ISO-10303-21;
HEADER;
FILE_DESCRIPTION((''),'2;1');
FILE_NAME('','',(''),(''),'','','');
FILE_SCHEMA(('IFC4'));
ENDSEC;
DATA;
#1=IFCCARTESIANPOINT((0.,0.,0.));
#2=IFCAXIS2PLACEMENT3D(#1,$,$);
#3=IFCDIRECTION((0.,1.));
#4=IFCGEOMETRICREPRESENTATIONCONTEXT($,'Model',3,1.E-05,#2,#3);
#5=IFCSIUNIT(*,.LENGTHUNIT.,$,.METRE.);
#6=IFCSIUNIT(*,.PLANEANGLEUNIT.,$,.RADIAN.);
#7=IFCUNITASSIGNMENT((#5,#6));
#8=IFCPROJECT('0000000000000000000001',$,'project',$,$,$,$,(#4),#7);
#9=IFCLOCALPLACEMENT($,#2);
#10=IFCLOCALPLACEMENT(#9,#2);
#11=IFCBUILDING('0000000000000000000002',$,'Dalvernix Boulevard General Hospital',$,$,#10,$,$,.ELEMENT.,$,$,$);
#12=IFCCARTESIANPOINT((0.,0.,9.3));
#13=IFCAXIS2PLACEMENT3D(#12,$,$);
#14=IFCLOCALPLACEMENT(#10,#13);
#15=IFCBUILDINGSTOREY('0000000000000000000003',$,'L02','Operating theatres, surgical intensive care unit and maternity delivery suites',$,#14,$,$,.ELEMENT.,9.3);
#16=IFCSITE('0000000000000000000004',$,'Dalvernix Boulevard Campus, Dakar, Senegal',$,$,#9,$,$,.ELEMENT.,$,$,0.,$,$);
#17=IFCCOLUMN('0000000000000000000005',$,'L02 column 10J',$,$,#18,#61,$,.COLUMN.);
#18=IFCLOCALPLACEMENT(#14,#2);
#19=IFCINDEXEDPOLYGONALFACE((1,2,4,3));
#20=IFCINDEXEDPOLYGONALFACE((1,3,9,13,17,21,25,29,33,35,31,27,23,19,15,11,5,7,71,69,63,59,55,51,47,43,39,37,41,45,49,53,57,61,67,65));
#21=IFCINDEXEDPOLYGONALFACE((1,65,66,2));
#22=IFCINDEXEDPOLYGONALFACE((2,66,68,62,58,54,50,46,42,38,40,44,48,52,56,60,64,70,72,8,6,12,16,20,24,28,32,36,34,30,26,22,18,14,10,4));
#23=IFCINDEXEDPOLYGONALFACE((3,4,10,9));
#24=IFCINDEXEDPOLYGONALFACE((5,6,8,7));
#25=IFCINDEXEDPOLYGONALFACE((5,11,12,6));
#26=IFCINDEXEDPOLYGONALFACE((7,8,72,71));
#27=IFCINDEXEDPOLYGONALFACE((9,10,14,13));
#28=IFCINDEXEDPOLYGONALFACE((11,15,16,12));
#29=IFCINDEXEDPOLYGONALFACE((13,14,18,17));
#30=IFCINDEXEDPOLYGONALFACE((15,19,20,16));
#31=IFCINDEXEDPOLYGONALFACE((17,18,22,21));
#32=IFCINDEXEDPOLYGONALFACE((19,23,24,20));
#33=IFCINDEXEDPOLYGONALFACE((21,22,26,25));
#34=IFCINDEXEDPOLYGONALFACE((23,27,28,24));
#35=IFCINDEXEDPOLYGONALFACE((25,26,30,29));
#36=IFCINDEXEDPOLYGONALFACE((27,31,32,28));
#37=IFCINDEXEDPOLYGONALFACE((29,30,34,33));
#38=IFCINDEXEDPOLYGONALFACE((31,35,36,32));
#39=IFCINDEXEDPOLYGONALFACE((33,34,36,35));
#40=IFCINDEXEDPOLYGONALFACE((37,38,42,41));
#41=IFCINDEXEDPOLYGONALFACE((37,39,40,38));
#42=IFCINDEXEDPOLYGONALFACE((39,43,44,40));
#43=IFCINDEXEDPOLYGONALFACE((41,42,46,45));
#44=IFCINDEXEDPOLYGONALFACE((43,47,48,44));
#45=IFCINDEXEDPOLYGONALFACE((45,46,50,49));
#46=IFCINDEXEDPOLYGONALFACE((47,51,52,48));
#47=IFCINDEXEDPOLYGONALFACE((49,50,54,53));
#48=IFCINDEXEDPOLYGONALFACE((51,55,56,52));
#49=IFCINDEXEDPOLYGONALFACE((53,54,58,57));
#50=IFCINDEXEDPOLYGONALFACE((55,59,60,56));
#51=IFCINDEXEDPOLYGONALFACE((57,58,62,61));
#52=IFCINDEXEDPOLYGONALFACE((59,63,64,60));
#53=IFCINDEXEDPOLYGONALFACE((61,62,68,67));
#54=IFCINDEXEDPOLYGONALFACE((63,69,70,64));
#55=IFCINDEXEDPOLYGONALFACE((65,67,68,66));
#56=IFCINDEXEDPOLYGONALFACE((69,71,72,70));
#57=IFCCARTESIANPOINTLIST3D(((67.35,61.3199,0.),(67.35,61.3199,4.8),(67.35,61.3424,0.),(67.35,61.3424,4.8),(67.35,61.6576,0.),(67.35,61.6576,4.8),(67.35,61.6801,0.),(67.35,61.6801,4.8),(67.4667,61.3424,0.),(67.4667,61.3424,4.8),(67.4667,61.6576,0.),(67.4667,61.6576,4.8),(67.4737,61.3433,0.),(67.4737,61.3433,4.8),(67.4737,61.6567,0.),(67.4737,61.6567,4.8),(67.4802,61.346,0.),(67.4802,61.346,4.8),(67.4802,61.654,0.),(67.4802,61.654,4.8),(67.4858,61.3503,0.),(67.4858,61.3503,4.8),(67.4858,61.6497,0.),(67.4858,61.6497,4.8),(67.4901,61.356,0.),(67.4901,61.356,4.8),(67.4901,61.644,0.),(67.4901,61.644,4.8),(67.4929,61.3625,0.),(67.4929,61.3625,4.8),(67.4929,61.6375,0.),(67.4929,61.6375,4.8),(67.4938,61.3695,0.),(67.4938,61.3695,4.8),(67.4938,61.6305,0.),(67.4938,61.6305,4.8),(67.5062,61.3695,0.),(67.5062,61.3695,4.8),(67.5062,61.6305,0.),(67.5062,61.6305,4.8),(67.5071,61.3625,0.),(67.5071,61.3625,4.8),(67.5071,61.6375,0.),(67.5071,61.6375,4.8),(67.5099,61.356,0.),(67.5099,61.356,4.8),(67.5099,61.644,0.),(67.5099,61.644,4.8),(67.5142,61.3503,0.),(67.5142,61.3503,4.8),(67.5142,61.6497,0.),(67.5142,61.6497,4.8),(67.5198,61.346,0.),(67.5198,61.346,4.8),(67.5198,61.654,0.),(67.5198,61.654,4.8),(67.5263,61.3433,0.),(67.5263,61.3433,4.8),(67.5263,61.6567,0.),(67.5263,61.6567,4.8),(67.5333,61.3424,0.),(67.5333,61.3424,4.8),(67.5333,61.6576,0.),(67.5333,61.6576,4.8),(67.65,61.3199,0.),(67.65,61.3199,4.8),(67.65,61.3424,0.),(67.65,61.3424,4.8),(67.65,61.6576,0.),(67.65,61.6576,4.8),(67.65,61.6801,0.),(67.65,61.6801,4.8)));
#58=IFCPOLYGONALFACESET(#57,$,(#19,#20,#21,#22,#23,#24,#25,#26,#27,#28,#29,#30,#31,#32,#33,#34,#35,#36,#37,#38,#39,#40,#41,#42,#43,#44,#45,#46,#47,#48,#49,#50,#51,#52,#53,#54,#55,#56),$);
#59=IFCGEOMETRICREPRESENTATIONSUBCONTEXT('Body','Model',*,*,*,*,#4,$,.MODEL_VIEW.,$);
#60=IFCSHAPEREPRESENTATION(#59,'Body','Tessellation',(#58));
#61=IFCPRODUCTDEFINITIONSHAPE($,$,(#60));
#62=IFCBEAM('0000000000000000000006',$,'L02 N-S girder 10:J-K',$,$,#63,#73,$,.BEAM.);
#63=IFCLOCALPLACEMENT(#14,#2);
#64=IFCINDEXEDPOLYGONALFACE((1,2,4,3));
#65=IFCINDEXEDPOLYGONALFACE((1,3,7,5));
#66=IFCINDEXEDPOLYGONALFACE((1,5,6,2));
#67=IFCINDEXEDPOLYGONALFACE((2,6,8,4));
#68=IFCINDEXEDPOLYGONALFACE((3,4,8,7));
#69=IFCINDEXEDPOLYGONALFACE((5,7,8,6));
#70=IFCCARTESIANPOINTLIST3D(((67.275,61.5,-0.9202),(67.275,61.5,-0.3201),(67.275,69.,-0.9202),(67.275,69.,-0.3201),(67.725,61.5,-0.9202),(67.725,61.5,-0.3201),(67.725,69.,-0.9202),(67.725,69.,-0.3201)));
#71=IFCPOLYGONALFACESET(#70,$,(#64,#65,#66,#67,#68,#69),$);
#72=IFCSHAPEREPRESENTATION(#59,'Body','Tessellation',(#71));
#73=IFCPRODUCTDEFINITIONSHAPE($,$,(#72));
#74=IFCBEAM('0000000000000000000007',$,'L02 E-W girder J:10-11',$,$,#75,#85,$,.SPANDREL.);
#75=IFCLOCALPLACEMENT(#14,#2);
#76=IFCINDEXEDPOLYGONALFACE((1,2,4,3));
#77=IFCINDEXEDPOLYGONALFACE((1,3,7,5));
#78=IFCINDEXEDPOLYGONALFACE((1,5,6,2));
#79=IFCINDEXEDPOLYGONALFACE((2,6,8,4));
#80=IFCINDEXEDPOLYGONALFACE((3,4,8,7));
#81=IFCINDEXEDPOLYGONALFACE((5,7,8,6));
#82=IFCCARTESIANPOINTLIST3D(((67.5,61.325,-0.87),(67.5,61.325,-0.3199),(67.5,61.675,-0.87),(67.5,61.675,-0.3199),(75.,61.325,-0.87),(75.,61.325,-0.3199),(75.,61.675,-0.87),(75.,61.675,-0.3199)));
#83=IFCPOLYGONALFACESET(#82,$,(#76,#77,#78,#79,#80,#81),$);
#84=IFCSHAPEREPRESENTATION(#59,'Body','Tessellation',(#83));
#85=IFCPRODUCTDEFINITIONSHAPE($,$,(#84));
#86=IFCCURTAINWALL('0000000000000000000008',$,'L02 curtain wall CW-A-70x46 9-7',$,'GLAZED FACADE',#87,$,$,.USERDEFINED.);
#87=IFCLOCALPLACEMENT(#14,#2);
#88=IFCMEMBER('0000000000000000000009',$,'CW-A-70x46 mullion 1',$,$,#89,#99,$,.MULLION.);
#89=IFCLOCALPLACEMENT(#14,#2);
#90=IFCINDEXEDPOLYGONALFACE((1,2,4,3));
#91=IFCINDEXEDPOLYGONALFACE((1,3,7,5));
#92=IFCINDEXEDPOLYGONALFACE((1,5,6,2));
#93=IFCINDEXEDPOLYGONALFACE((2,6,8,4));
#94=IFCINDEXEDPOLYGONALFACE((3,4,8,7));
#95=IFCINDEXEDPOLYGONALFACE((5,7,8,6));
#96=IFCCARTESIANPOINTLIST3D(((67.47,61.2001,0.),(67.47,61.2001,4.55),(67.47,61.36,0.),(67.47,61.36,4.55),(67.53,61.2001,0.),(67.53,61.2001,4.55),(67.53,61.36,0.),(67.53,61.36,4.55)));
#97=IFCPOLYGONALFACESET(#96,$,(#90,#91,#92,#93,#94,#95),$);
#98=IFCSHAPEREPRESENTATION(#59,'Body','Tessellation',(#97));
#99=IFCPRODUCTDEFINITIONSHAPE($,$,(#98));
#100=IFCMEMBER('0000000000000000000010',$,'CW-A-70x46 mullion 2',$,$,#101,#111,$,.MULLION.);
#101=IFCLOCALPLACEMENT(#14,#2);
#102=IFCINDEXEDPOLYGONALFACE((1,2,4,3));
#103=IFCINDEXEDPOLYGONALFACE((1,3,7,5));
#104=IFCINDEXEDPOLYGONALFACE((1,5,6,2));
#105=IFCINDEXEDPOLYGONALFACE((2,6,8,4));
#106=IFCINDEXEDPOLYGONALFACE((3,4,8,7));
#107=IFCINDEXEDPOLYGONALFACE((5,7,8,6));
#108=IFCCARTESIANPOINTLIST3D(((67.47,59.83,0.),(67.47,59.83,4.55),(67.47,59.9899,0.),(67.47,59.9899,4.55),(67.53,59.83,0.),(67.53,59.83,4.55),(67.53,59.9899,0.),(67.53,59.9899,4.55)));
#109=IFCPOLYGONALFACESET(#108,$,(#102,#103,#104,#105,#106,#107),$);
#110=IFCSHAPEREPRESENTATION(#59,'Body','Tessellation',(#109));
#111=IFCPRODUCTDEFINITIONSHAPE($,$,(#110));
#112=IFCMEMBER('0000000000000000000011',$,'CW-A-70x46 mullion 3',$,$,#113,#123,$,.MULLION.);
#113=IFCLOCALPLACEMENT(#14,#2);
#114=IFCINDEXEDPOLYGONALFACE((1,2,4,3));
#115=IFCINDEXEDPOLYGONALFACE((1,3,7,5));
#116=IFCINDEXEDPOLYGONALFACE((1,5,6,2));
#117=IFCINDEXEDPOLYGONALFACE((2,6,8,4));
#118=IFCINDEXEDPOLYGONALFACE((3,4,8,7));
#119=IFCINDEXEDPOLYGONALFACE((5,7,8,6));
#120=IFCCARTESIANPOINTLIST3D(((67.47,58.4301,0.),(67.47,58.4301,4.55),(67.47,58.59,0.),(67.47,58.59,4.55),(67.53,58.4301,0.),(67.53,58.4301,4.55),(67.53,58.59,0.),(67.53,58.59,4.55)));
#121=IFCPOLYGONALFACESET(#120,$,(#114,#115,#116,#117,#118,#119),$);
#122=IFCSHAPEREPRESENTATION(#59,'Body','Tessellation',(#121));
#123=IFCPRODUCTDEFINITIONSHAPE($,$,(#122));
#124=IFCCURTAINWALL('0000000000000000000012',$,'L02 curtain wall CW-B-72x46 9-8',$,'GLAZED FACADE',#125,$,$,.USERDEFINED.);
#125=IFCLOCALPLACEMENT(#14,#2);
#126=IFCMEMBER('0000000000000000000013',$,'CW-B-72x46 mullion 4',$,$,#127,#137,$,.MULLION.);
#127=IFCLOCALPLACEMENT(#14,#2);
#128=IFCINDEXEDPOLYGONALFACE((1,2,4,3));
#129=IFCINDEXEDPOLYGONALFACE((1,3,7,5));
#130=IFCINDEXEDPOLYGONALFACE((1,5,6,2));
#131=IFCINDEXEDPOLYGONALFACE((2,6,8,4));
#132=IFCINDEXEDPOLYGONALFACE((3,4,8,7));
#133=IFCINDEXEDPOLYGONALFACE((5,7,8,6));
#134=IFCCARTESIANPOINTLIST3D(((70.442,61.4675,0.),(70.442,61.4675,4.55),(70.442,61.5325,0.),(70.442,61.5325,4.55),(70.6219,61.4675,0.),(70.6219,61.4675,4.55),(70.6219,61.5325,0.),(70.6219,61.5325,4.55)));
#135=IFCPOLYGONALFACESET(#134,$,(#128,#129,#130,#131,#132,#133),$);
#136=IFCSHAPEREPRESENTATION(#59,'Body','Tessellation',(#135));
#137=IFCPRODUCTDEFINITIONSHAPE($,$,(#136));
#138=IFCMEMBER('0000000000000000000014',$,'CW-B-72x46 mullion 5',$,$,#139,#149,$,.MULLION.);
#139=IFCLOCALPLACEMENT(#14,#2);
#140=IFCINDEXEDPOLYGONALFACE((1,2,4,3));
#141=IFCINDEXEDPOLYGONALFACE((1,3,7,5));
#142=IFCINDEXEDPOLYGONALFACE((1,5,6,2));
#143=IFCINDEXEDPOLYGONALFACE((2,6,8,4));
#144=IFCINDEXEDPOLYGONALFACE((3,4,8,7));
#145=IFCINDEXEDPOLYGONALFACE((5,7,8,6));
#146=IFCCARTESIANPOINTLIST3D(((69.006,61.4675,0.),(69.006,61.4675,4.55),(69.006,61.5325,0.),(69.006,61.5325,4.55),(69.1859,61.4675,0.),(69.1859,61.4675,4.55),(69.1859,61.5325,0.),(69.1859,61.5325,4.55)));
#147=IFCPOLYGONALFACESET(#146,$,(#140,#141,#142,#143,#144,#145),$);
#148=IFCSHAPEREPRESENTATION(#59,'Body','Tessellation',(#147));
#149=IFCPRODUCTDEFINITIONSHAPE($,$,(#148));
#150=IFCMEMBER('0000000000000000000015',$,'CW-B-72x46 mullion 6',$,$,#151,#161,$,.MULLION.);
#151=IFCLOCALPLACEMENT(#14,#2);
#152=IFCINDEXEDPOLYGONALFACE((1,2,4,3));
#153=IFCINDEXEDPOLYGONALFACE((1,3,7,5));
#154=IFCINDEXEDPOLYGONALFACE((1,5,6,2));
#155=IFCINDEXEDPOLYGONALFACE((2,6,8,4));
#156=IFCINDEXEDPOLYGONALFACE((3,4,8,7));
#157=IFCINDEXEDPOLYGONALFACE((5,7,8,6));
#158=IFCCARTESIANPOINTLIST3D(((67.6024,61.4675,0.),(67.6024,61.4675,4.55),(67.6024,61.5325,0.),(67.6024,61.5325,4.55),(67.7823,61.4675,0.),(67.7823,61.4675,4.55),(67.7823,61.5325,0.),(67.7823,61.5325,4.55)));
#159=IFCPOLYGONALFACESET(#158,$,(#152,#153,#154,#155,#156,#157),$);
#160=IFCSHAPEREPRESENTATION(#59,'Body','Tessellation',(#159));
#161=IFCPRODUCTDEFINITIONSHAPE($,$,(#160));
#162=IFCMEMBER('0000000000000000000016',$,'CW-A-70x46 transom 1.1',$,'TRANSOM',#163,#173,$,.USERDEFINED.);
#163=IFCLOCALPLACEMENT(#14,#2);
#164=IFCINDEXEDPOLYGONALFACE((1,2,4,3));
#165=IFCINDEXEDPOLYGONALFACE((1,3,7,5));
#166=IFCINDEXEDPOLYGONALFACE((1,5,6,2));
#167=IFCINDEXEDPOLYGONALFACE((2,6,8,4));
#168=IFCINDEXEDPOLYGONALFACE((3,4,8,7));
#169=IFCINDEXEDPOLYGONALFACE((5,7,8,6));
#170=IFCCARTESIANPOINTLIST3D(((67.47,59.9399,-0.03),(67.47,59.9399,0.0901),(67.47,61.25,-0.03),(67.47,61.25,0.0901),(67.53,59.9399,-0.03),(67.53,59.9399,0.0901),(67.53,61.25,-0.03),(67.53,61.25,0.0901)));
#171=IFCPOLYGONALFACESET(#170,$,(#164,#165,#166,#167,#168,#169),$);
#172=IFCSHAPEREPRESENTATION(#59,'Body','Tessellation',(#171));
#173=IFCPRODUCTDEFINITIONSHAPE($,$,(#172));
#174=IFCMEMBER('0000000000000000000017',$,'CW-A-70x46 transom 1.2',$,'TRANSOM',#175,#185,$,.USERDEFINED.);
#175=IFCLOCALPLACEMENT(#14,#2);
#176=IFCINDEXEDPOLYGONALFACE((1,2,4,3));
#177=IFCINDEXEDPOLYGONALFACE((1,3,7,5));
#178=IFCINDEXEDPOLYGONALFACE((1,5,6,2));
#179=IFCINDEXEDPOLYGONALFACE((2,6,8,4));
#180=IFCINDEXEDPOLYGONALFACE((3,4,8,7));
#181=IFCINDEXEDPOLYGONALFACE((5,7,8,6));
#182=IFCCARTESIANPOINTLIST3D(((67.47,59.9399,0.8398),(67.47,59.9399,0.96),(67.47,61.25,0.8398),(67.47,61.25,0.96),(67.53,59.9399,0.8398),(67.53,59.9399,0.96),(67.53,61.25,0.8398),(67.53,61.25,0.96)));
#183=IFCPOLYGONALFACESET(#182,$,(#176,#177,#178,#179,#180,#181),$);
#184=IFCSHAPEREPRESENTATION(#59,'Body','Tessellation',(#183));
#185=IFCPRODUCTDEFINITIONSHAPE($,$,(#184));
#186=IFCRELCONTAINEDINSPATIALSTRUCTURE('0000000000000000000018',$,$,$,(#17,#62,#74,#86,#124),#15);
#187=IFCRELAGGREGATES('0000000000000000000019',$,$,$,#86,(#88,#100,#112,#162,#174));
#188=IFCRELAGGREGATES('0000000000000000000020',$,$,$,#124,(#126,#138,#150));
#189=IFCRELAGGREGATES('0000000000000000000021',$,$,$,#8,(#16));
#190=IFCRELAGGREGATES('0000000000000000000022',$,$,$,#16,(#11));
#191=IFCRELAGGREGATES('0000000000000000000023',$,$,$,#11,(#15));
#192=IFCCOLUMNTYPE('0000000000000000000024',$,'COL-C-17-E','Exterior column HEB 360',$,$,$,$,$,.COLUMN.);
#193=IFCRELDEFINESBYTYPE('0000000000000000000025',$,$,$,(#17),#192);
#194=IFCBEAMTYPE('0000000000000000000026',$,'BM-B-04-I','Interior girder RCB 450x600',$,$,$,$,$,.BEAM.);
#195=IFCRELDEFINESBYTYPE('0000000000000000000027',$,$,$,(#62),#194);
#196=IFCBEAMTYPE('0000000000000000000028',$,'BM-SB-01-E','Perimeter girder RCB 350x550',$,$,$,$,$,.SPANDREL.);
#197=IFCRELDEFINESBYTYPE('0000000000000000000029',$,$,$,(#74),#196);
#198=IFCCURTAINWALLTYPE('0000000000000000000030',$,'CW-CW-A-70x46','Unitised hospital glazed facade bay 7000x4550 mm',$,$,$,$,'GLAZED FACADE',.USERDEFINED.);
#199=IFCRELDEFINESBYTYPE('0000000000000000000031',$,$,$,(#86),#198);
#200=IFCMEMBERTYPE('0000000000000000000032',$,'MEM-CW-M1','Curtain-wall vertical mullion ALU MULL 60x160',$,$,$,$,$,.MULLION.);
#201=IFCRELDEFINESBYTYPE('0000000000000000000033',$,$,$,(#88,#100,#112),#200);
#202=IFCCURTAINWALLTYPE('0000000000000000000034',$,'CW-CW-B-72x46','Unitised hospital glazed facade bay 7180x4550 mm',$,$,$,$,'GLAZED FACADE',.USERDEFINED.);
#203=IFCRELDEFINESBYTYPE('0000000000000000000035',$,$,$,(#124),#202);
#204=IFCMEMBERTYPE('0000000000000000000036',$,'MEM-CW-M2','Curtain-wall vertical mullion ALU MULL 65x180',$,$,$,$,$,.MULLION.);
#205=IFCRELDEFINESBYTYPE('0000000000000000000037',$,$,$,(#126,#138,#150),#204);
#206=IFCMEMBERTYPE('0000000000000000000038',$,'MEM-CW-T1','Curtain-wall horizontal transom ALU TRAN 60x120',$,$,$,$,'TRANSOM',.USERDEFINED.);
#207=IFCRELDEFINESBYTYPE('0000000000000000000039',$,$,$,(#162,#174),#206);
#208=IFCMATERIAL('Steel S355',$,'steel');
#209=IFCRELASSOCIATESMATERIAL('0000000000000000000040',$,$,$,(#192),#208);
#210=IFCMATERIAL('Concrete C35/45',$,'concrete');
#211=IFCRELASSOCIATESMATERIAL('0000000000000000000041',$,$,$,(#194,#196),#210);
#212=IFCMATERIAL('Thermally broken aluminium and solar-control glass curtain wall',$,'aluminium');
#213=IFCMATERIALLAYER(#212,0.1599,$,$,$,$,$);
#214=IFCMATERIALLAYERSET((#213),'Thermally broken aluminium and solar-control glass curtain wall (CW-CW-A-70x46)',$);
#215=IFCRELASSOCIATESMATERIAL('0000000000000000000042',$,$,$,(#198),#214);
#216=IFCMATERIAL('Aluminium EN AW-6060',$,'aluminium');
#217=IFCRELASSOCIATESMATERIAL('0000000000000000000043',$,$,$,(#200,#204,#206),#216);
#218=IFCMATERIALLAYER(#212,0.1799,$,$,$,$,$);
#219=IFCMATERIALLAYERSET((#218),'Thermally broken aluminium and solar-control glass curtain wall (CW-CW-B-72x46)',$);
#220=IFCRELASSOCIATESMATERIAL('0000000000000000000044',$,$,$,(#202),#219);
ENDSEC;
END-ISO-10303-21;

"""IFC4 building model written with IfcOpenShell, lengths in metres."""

from ifc_helpers import new_model, si_unit, direction, frame, origin, origin_2d, place, context, subcontext, project, spatial, rectangle, i_section, extrude, material, layer, layer_set, material_profile, profile_set, type_object, element, aggregate, save


model = new_model("IFC4")

# Units and contexts
model_context = context("Model", 3, precision=1e-05, world=origin(), true_north=direction((0.0, 1.0)))
body_context = subcontext(model_context, "Body", "Model", "MODEL_VIEW")
ifc_project = project(units=[si_unit("LENGTHUNIT", "METRE"), si_unit("PLANEANGLEUNIT", "RADIAN")], contexts=[model_context])

# Site, building, storey
site_placement = place(None, origin())
site = spatial("IfcSite", under=ifc_project, at=site_placement, Name="Dalvernix Boulevard Campus, Dakar, Senegal", CompositionType="ELEMENT", RefElevation=0.0)
building_placement = place(site_placement, origin())
building = spatial("IfcBuilding", under=site, at=building_placement, Name="Dalvernix Boulevard General Hospital", CompositionType="ELEMENT")
storey_placement = place(building_placement, frame((0.0, 0.0, 9.3)))
storey = spatial("IfcBuildingStorey", under=building, at=storey_placement, Name="L02", Description="Operating theatres, surgical intensive care unit and maternity delivery suites", CompositionType="ELEMENT", Elevation=9.3)

# Column
ifc_material_1 = material(Name="Steel S355", Category="steel")
ifc_material_profile_1 = material_profile(ifc_material_1, i_section(OverallWidth=0.3, OverallDepth=0.3601, WebThickness=0.0125, FlangeThickness=0.0225, FilletRadius=0.0271, at=origin_2d()), Name="HEB 360")
ifc_profile_set_1 = profile_set([ifc_material_profile_1], Name="Steel S355")
column_type = type_object("IfcColumnType", Name="COL-C-17-E", Description="Exterior column HEB 360", PredefinedType="COLUMN", material=ifc_profile_set_1)
column_placement = place(storey_placement, frame((67.5, 61.5, 0.0), z_axis=(0.0, 0.0, 1.0), x_axis=(1.0, 0.0, 0.0)))
element("IfcColumn", 1, at=column_placement, inside=storey, type_object=column_type, Name="L02 column 10J", PredefinedType="COLUMN", context=body_context, shape_type="SweptSolid", body=[
    extrude(i_section(OverallWidth=0.3, OverallDepth=0.3601, WebThickness=0.0125, FlangeThickness=0.0225, FilletRadius=0.0271, at=origin_2d()), origin(), (0.0, 0.0, 1.0), 4.8),
])

# Beams
ifc_material_2 = material(Name="Concrete C35/45", Category="concrete")
ifc_material_profile_2 = material_profile(ifc_material_2, rectangle(XDim=0.45, YDim=0.6001, at=origin_2d()), Name="RCB 450x600")
ifc_profile_set_2 = profile_set([ifc_material_profile_2], Name="Concrete C35/45")
beam_type_1 = type_object("IfcBeamType", Name="BM-B-04-I", Description="Interior girder RCB 450x600", PredefinedType="BEAM", material=ifc_profile_set_2)
beam_1_placement = place(storey_placement, frame((67.5, 61.5, -0.6201), z_axis=(0.0, 1.0, 0.0), x_axis=(-1.0, 0.0, 0.0)))
element("IfcBeam", 2, at=beam_1_placement, inside=storey, type_object=beam_type_1, Name="L02 N-S girder 10:J-K", PredefinedType="BEAM", context=body_context, shape_type="SweptSolid", body=[
    extrude(rectangle(XDim=0.45, YDim=0.6001, at=origin_2d()), origin(), (0.0, 0.0, 1.0), 7.5),
])
ifc_material_profile_3 = material_profile(ifc_material_2, rectangle(XDim=0.3501, YDim=0.55, at=origin_2d()), Name="RCB 350x550")
ifc_profile_set_3 = profile_set([ifc_material_profile_3], Name="Concrete C35/45")
beam_type_2 = type_object("IfcBeamType", Name="BM-SB-01-E", Description="Perimeter girder RCB 350x550", PredefinedType="SPANDREL", material=ifc_profile_set_3)
beam_2_placement = place(storey_placement, frame((67.5, 61.5, -0.595), z_axis=(1.0, 0.0, 0.0), x_axis=(0.0, 1.0, 0.0)))
element("IfcBeam", 3, at=beam_2_placement, inside=storey, type_object=beam_type_2, Name="L02 E-W girder J:10-11", PredefinedType="SPANDREL", context=body_context, shape_type="SweptSolid", body=[
    extrude(rectangle(XDim=0.3501, YDim=0.55, at=origin_2d()), origin(), (0.0, 0.0, 1.0), 7.5),
])

# Curtain walls, members
ifc_material_3 = material(Name="Thermally broken aluminium and solar-control glass curtain wall", Category="aluminium")
ifc_layer_1 = layer(ifc_material_3, 0.1599)
ifc_layer_set_1 = layer_set([ifc_layer_1], Name="Thermally broken aluminium and solar-control glass curtain wall (CW-CW-A-70x46)")
curtain_wall_type_1 = type_object("IfcCurtainWallType", Name="CW-CW-A-70x46", Description="Unitised hospital glazed facade bay 7000x4550 mm", ElementType="GLAZED FACADE", PredefinedType="USERDEFINED", material=ifc_layer_set_1)
curtain_wall_1_placement = place(storey_placement, origin())
curtain_wall_1 = element("IfcCurtainWall", 4, at=curtain_wall_1_placement, inside=storey, type_object=curtain_wall_type_1, Name="L02 curtain wall CW-A-70x46 9-7", ObjectType="GLAZED FACADE", PredefinedType="USERDEFINED")
ifc_material_4 = material(Name="Aluminium EN AW-6060", Category="aluminium")
ifc_material_profile_4 = material_profile(ifc_material_4, rectangle(XDim=0.0601, YDim=0.1599, at=origin_2d()), Name="ALU MULL 60x160")
ifc_profile_set_4 = profile_set([ifc_material_profile_4], Name="Aluminium EN AW-6060")
member_type_1 = type_object("IfcMemberType", Name="MEM-CW-M1", Description="Curtain-wall vertical mullion ALU MULL 60x160", PredefinedType="MULLION", material=ifc_profile_set_4)
member_1_placement = place(storey_placement, frame((67.5, 61.28, 0.0), z_axis=(0.0, 0.0, 1.0), x_axis=(1.0, 0.0, 0.0)))
member_1 = element("IfcMember", 5, at=member_1_placement, type_object=member_type_1, Name="CW-A-70x46 mullion 1", PredefinedType="MULLION", context=body_context, shape_type="SweptSolid", body=[
    extrude(rectangle(XDim=0.0601, YDim=0.1599, at=origin_2d()), origin(), (0.0, 0.0, 1.0), 4.55),
])
member_2_placement = place(storey_placement, frame((67.5, 59.9099, 0.0), z_axis=(0.0, 0.0, 1.0), x_axis=(1.0, 0.0, 0.0)))
member_2 = element("IfcMember", 6, at=member_2_placement, type_object=member_type_1, Name="CW-A-70x46 mullion 2", PredefinedType="MULLION", context=body_context, shape_type="SweptSolid", body=[
    extrude(rectangle(XDim=0.0601, YDim=0.1599, at=origin_2d()), origin(), (0.0, 0.0, 1.0), 4.55),
])
member_3_placement = place(storey_placement, frame((67.5, 58.51, 0.0), z_axis=(0.0, 0.0, 1.0), x_axis=(1.0, 0.0, 0.0)))
member_3 = element("IfcMember", 7, at=member_3_placement, type_object=member_type_1, Name="CW-A-70x46 mullion 3", PredefinedType="MULLION", context=body_context, shape_type="SweptSolid", body=[
    extrude(rectangle(XDim=0.0601, YDim=0.1599, at=origin_2d()), origin(), (0.0, 0.0, 1.0), 4.55),
])
ifc_layer_2 = layer(ifc_material_3, 0.1799)
ifc_layer_set_2 = layer_set([ifc_layer_2], Name="Thermally broken aluminium and solar-control glass curtain wall (CW-CW-B-72x46)")
curtain_wall_type_2 = type_object("IfcCurtainWallType", Name="CW-CW-B-72x46", Description="Unitised hospital glazed facade bay 7180x4550 mm", ElementType="GLAZED FACADE", PredefinedType="USERDEFINED", material=ifc_layer_set_2)
curtain_wall_2_placement = place(storey_placement, origin())
curtain_wall_2 = element("IfcCurtainWall", 8, at=curtain_wall_2_placement, inside=storey, type_object=curtain_wall_type_2, Name="L02 curtain wall CW-B-72x46 9-8", ObjectType="GLAZED FACADE", PredefinedType="USERDEFINED")
ifc_material_profile_5 = material_profile(ifc_material_4, rectangle(XDim=0.0649, YDim=0.1799, at=origin_2d()), Name="ALU MULL 65x180")
ifc_profile_set_5 = profile_set([ifc_material_profile_5], Name="Aluminium EN AW-6060")
member_type_2 = type_object("IfcMemberType", Name="MEM-CW-M2", Description="Curtain-wall vertical mullion ALU MULL 65x180", PredefinedType="MULLION", material=ifc_profile_set_5)
member_4_placement = place(storey_placement, frame((70.532, 61.5, 0.0), z_axis=(0.0, 0.0, 1.0), x_axis=(0.0, -1.0, 0.0)))
member_4 = element("IfcMember", 9, at=member_4_placement, type_object=member_type_2, Name="CW-B-72x46 mullion 4", PredefinedType="MULLION", context=body_context, shape_type="SweptSolid", body=[
    extrude(rectangle(XDim=0.0649, YDim=0.1799, at=origin_2d()), origin(), (0.0, 0.0, 1.0), 4.55),
])
member_5_placement = place(storey_placement, frame((69.0959, 61.5, 0.0), z_axis=(0.0, 0.0, 1.0), x_axis=(0.0, -1.0, 0.0)))
member_5 = element("IfcMember", 10, at=member_5_placement, type_object=member_type_2, Name="CW-B-72x46 mullion 5", PredefinedType="MULLION", context=body_context, shape_type="SweptSolid", body=[
    extrude(rectangle(XDim=0.0649, YDim=0.1799, at=origin_2d()), origin(), (0.0, 0.0, 1.0), 4.55),
])
member_6_placement = place(storey_placement, frame((67.6924, 61.5, 0.0), z_axis=(0.0, 0.0, 1.0), x_axis=(0.0, -1.0, 0.0)))
member_6 = element("IfcMember", 11, at=member_6_placement, type_object=member_type_2, Name="CW-B-72x46 mullion 6", PredefinedType="MULLION", context=body_context, shape_type="SweptSolid", body=[
    extrude(rectangle(XDim=0.0649, YDim=0.1799, at=origin_2d()), origin(), (0.0, 0.0, 1.0), 4.55),
])

# Members
ifc_material_profile_6 = material_profile(ifc_material_4, rectangle(XDim=0.0601, YDim=0.1201, at=origin_2d()), Name="ALU TRAN 60x120")
ifc_profile_set_6 = profile_set([ifc_material_profile_6], Name="Aluminium EN AW-6060")
member_type_3 = type_object("IfcMemberType", Name="MEM-CW-T1", Description="Curtain-wall horizontal transom ALU TRAN 60x120", ElementType="TRANSOM", PredefinedType="USERDEFINED", material=ifc_profile_set_6)
member_7_placement = place(storey_placement, frame((67.5, 61.25, 0.03), z_axis=(0.0, -1.0, 0.0), x_axis=(1.0, 0.0, 0.0)))
member_7 = element("IfcMember", 12, at=member_7_placement, type_object=member_type_3, Name="CW-A-70x46 transom 1.1", ObjectType="TRANSOM", PredefinedType="USERDEFINED", context=body_context, shape_type="SweptSolid", body=[
    extrude(rectangle(XDim=0.0601, YDim=0.1201, at=origin_2d()), origin(), (0.0, 0.0, 1.0), 1.3101),
])
member_8_placement = place(storey_placement, frame((67.5, 61.25, 0.8999), z_axis=(0.0, -1.0, 0.0), x_axis=(1.0, 0.0, 0.0)))
member_8 = element("IfcMember", 13, at=member_8_placement, type_object=member_type_3, Name="CW-A-70x46 transom 1.2", ObjectType="TRANSOM", PredefinedType="USERDEFINED", context=body_context, shape_type="SweptSolid", body=[
    extrude(rectangle(XDim=0.0601, YDim=0.1201, at=origin_2d()), origin(), (0.0, 0.0, 1.0), 1.3101),
])

aggregate(curtain_wall_1, [member_1, member_2, member_3, member_7, member_8])
aggregate(curtain_wall_2, [member_4, member_5, member_6])

save(model, "model.ifc")
